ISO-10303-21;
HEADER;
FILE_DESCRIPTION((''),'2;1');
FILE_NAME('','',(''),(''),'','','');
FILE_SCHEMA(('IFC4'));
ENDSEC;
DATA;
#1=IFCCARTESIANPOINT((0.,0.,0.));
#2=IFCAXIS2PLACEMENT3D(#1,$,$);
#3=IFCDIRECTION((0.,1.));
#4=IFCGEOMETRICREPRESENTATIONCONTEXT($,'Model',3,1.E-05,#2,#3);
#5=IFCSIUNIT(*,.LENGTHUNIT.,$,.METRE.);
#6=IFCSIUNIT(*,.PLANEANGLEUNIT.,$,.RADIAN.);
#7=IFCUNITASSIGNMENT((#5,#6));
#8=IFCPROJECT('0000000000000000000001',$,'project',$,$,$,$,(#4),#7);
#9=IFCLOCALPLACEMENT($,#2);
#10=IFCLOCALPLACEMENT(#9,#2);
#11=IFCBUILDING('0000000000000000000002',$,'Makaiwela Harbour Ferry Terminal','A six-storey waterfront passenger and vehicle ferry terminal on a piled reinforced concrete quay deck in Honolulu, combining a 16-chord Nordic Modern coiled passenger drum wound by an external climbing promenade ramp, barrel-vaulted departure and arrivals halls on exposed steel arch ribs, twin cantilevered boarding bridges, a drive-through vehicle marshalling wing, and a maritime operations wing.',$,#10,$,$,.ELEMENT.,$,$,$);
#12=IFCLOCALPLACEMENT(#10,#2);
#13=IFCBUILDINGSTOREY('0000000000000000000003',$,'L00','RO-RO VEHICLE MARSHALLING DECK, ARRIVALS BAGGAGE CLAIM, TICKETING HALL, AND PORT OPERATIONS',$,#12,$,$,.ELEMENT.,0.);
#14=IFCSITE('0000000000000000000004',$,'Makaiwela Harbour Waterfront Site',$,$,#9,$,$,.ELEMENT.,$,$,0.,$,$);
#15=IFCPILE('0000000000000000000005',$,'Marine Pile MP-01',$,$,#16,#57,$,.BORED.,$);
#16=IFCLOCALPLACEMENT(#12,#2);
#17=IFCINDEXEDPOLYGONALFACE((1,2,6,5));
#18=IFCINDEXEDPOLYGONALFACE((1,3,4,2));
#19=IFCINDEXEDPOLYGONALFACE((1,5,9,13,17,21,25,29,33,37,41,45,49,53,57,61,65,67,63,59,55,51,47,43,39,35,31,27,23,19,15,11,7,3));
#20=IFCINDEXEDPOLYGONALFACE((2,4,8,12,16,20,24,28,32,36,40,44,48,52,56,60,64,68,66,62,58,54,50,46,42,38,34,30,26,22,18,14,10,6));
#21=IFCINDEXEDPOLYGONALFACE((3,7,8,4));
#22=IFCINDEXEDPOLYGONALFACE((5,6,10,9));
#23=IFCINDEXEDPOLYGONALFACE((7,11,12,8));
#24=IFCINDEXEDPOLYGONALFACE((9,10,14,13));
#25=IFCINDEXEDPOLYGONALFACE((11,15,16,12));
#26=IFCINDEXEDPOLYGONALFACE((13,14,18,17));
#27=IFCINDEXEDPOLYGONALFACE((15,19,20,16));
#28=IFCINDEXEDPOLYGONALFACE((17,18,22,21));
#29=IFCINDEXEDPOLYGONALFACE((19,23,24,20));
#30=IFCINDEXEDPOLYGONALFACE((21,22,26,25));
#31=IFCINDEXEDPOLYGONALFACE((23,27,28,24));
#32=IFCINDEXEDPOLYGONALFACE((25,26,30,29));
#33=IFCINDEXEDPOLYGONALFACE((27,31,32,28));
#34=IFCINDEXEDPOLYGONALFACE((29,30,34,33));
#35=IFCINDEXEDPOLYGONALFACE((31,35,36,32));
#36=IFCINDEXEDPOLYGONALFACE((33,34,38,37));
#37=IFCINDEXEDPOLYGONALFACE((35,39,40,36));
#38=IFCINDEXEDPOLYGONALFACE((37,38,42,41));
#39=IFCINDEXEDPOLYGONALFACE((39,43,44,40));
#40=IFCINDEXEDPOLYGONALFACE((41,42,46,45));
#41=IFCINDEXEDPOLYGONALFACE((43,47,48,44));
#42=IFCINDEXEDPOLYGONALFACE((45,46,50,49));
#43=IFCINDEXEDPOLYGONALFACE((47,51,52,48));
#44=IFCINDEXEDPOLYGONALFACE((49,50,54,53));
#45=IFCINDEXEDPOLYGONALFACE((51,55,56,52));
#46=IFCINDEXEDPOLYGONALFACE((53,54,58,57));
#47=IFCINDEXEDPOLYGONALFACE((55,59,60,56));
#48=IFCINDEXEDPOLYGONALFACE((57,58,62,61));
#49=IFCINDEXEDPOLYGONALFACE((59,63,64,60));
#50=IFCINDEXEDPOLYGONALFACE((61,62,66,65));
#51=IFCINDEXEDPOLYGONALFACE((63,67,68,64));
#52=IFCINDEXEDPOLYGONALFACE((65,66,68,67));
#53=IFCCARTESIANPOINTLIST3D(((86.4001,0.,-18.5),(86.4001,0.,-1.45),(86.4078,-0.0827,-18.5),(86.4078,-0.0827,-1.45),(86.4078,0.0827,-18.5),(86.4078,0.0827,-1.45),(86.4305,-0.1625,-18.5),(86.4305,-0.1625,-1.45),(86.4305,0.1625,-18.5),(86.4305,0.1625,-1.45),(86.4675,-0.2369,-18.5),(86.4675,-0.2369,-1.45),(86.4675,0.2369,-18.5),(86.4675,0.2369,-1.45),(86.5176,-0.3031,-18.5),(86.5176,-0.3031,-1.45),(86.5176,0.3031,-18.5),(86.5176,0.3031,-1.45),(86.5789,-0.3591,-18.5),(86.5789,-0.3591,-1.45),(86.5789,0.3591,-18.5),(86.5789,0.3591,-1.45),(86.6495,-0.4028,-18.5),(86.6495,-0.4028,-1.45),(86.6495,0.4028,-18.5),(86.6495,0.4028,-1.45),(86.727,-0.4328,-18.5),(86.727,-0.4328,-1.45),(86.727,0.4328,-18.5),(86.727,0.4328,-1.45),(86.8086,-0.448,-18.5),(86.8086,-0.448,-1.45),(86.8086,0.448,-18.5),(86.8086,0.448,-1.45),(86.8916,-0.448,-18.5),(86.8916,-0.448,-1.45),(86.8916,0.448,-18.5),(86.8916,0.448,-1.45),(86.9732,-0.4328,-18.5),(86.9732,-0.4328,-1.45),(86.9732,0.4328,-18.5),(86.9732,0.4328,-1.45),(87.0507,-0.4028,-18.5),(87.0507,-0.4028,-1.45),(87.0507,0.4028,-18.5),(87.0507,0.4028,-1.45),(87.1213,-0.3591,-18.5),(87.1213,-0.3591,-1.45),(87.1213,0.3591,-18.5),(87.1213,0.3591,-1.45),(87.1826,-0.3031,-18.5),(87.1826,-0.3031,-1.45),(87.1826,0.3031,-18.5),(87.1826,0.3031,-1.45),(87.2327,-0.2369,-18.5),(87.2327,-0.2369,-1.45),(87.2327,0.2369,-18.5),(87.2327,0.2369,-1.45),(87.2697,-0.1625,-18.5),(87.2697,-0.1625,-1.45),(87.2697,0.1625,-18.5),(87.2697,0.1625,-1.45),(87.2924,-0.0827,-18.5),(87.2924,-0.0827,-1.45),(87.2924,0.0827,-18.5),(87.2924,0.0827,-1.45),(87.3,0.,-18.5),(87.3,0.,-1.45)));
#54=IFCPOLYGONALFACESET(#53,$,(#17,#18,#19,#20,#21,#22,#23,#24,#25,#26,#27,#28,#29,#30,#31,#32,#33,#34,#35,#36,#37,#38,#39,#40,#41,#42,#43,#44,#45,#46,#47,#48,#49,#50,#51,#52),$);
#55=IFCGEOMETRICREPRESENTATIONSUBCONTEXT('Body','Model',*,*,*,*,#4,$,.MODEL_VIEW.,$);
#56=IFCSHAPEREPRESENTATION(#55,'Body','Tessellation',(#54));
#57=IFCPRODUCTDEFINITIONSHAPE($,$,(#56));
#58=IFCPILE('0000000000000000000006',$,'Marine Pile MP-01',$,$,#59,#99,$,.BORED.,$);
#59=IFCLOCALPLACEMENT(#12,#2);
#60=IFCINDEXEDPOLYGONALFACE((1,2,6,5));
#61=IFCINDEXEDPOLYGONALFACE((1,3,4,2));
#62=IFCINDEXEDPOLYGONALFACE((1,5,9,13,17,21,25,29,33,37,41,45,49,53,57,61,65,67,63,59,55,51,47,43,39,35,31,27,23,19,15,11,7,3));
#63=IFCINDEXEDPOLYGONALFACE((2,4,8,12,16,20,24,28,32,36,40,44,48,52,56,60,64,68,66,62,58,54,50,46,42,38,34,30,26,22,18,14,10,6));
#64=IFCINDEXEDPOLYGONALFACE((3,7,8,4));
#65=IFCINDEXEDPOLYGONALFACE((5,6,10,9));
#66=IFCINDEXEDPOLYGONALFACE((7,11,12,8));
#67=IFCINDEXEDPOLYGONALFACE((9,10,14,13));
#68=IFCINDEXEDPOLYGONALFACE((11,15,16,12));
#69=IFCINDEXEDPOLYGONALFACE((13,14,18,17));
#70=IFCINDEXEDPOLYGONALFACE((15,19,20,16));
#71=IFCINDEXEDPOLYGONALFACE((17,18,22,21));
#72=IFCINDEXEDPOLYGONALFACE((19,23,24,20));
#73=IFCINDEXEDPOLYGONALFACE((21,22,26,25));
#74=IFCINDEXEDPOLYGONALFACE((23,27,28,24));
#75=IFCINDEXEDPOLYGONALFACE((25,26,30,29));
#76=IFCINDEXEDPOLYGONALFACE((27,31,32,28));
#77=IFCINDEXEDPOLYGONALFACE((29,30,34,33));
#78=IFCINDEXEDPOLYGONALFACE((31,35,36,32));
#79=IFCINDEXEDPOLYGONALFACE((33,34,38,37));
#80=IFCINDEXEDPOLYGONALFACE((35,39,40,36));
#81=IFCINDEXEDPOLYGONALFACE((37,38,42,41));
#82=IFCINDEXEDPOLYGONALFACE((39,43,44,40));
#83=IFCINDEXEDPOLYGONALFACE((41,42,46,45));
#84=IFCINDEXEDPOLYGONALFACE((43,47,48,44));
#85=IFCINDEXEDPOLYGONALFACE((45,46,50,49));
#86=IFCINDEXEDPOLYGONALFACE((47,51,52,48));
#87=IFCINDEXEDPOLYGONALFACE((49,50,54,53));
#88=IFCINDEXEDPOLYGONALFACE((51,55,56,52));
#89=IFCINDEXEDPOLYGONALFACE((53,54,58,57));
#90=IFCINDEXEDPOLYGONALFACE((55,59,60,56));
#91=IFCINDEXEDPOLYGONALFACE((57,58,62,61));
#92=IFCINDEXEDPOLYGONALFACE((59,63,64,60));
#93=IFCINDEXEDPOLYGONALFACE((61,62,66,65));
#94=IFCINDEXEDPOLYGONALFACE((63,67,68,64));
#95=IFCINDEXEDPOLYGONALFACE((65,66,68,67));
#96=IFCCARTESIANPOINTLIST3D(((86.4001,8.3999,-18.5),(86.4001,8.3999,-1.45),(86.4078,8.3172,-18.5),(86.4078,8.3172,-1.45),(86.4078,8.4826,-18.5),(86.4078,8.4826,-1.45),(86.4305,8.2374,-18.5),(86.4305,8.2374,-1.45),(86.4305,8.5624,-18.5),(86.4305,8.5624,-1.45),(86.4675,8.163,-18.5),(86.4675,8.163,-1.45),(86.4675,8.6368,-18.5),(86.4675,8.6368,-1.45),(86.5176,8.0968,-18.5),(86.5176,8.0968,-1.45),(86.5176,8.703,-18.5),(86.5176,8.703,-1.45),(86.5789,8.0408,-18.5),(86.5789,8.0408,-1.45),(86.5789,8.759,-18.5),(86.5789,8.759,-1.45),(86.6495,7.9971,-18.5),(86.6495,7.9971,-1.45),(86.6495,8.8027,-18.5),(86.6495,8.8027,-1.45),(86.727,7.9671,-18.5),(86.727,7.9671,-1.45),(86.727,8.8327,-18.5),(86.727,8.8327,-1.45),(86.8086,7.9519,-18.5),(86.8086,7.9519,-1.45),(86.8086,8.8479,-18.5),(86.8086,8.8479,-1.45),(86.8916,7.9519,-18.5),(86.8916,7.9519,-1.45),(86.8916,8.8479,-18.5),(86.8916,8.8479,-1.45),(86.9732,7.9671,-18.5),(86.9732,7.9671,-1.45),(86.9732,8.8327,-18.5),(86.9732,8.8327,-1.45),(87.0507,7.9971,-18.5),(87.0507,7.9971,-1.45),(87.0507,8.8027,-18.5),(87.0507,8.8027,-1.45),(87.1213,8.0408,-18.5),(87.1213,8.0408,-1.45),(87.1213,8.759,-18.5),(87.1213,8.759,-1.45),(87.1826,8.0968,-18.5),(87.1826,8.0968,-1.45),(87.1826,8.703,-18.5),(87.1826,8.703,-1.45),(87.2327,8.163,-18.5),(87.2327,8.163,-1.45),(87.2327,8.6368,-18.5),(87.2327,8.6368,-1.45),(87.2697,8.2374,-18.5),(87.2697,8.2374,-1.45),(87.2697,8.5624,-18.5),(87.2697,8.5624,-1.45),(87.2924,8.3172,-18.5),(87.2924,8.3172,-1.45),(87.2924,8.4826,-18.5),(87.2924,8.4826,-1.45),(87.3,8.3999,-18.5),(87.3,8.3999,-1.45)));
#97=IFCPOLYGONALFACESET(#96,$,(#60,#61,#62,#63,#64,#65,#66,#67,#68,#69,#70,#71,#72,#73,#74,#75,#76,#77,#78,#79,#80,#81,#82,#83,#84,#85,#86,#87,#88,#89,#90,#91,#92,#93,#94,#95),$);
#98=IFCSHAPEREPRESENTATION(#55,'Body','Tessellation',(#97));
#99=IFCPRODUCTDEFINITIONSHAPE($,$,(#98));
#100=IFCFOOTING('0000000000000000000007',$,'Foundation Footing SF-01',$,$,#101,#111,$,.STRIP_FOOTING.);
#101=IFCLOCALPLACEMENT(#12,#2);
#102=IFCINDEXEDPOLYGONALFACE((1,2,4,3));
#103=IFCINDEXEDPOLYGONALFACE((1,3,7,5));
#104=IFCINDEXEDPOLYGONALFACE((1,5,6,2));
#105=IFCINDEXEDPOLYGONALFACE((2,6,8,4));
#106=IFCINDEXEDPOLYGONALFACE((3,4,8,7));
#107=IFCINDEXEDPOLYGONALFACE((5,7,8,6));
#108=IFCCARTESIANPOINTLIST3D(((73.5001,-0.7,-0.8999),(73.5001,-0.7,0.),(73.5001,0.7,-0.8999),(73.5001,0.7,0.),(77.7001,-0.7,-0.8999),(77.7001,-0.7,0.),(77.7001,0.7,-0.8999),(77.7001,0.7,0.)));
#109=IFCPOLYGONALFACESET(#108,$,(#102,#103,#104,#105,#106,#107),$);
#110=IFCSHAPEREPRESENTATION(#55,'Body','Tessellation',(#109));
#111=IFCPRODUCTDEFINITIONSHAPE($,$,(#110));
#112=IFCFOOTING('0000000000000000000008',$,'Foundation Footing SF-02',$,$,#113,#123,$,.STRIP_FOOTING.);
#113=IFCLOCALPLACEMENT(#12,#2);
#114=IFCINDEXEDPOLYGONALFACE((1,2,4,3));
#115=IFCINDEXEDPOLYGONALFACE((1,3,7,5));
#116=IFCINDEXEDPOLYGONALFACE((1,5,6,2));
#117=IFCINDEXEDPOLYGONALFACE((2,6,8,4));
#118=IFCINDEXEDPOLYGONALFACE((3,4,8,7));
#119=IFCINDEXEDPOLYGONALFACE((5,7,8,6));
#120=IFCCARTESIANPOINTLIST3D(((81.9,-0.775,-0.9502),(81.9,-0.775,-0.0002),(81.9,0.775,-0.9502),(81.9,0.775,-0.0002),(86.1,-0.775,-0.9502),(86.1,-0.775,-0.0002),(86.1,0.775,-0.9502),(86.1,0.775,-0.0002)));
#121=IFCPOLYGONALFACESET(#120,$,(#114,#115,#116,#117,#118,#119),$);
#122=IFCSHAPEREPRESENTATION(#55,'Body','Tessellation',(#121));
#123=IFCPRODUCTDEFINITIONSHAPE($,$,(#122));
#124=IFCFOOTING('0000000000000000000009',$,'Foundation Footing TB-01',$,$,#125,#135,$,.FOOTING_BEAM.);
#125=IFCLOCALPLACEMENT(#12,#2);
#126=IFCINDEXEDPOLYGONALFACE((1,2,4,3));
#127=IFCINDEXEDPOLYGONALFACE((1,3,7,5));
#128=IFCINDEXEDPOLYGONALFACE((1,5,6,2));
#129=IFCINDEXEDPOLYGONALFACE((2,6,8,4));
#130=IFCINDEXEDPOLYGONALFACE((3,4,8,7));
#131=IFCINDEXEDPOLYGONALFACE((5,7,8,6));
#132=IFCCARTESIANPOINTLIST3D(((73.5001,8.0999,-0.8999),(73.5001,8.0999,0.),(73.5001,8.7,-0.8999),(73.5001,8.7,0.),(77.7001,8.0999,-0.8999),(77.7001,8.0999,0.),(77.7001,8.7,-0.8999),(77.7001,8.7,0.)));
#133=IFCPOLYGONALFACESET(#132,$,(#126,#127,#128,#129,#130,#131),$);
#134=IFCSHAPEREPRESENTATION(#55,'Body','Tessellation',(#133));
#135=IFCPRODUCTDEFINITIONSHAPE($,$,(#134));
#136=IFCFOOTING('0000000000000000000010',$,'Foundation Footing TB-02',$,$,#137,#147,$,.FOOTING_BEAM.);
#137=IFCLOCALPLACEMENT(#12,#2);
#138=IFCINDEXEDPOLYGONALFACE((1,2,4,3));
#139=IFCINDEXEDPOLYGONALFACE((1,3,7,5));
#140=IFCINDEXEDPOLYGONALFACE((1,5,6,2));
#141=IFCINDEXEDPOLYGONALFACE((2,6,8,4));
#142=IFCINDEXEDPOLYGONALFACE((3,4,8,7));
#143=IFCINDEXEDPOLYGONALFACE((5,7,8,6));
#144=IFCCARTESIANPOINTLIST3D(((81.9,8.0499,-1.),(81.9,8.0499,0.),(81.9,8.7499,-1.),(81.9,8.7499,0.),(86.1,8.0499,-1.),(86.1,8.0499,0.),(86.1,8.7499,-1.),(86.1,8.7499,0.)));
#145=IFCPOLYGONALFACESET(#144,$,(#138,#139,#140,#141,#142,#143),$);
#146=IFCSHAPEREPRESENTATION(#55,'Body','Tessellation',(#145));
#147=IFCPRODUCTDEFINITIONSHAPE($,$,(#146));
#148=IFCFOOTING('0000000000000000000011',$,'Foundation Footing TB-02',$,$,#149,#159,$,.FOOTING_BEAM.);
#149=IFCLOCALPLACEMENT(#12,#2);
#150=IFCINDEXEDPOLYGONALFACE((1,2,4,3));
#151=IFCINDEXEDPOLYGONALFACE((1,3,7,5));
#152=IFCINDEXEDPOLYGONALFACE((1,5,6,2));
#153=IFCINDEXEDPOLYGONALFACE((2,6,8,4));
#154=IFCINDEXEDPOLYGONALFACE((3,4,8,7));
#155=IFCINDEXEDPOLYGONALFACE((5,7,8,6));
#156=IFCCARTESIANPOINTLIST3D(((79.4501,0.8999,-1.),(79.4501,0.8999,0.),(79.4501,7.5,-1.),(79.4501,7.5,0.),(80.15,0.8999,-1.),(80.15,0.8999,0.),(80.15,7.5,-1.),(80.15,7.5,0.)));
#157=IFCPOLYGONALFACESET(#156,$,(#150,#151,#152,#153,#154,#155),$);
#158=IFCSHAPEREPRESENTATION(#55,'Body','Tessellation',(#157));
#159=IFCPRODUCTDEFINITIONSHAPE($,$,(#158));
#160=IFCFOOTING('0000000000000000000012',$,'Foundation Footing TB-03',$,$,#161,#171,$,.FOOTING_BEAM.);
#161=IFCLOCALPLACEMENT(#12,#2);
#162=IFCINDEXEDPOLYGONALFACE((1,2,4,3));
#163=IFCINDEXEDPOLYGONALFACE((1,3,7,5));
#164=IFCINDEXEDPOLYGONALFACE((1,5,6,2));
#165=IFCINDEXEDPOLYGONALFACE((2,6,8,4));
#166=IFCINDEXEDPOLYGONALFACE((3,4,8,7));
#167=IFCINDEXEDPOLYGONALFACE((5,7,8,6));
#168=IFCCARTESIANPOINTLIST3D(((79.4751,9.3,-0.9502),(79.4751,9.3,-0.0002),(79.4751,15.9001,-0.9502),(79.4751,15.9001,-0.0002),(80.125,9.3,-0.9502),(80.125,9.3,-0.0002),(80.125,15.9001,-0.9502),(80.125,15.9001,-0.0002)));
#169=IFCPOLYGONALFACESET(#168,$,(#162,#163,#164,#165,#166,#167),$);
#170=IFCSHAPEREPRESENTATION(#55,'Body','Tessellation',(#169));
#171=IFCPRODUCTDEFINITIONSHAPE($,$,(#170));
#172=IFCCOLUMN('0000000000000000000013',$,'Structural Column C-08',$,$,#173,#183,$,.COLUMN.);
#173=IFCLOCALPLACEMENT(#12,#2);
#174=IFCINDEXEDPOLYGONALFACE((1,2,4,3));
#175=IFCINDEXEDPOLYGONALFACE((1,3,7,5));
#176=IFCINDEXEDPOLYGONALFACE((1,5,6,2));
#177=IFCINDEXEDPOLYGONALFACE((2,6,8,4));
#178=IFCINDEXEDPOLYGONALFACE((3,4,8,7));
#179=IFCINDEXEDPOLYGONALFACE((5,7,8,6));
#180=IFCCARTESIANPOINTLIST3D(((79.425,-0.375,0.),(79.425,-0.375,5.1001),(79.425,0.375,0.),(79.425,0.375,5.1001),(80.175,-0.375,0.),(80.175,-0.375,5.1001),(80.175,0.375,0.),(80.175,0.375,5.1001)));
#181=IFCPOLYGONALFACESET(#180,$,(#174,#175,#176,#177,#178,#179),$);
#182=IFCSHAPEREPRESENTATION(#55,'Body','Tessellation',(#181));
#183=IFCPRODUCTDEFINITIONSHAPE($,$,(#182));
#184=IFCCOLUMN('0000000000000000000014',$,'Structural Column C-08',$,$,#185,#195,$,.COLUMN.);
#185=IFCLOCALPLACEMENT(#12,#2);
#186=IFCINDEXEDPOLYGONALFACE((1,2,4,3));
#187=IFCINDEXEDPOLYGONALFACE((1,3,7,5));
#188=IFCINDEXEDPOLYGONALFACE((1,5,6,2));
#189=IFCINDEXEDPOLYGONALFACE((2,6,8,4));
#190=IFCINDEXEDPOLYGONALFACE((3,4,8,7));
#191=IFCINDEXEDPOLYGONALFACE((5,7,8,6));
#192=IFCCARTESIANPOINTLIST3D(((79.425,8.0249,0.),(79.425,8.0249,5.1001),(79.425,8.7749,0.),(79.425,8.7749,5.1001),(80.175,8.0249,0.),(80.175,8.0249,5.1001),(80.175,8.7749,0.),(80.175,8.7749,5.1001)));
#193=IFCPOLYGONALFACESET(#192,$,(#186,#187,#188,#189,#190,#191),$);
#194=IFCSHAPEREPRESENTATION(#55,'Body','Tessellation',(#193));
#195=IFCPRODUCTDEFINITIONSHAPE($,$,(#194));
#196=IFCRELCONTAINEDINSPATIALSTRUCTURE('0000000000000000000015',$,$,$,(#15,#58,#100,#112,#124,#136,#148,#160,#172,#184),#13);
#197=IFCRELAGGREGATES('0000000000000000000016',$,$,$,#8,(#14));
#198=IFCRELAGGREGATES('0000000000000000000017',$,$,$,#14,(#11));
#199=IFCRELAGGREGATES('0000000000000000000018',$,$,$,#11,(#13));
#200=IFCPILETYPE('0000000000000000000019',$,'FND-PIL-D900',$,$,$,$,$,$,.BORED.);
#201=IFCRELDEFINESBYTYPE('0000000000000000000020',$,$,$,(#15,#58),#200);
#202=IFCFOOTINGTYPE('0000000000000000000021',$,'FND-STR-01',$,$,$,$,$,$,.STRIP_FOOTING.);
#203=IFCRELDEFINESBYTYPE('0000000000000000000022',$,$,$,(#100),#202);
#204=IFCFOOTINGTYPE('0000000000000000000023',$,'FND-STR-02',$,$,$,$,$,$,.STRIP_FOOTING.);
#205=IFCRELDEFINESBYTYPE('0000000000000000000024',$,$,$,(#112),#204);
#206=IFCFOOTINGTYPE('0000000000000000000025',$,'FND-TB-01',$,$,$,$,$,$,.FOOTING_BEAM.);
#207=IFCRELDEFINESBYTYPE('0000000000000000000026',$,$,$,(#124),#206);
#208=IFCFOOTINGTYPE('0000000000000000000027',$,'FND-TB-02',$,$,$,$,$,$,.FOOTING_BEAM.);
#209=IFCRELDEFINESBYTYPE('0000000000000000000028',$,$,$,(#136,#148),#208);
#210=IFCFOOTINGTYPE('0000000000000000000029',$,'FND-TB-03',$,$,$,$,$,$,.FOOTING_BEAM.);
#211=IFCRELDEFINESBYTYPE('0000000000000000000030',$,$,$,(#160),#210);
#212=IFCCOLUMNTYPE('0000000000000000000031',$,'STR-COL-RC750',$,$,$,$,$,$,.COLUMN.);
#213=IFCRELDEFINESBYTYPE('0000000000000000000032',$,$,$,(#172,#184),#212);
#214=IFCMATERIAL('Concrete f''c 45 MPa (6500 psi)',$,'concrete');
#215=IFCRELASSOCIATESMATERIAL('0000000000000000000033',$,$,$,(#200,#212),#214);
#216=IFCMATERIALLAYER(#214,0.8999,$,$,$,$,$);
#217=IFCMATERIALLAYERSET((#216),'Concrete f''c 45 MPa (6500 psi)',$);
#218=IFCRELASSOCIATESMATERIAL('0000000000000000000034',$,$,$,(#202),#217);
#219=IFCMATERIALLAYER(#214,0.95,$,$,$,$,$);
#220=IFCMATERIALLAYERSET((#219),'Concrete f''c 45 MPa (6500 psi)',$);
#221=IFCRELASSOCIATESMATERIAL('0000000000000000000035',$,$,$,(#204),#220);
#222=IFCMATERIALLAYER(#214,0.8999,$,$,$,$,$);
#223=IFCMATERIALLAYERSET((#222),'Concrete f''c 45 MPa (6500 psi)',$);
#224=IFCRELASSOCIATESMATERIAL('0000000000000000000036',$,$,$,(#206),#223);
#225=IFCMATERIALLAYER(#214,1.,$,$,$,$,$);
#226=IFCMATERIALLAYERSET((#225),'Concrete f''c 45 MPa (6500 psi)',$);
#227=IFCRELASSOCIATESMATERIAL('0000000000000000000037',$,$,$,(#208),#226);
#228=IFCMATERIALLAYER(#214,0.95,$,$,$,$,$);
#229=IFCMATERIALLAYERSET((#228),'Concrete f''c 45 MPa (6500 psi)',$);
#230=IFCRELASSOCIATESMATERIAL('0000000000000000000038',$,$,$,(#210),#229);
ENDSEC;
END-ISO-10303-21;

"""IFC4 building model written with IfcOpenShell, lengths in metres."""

from ifc_helpers import new_model, si_unit, direction, frame, origin, origin_2d, place, context, subcontext, project, spatial, rectangle, circle, extrude, material, layer, layer_set, material_profile, profile_set, type_object, element, save


model = new_model("IFC4")

# Units and contexts
model_context = context("Model", 3, precision=1e-05, world=origin(), true_north=direction((0.0, 1.0)))
body_context = subcontext(model_context, "Body", "Model", "MODEL_VIEW")
ifc_project = project(units=[si_unit("LENGTHUNIT", "METRE"), si_unit("PLANEANGLEUNIT", "RADIAN")], contexts=[model_context])

# Site, building, storey
site_placement = place(None, origin())
site = spatial("IfcSite", under=ifc_project, at=site_placement, Name="Makaiwela Harbour Waterfront Site", CompositionType="ELEMENT", RefElevation=0.0)
building_placement = place(site_placement, origin())
building = spatial("IfcBuilding", under=site, at=building_placement, Name="Makaiwela Harbour Ferry Terminal", Description="A six-storey waterfront passenger and vehicle ferry terminal on a piled reinforced concrete quay deck in Honolulu, combining a 16-chord Nordic Modern coiled passenger drum wound by an external climbing promenade ramp, barrel-vaulted departure and arrivals halls on exposed steel arch ribs, twin cantilevered boarding bridges, a drive-through vehicle marshalling wing, and a maritime operations wing.", CompositionType="ELEMENT")
storey_placement = place(building_placement, origin())
storey = spatial("IfcBuildingStorey", under=building, at=storey_placement, Name="L00", Description="RO-RO VEHICLE MARSHALLING DECK, ARRIVALS BAGGAGE CLAIM, TICKETING HALL, AND PORT OPERATIONS", CompositionType="ELEMENT", Elevation=0.0)

# Shared definitions
ifc_material_1 = material(Name="Concrete f'c 45 MPa (6500 psi)", Category="concrete")

# Piles
ifc_material_profile_1 = material_profile(ifc_material_1, circle(Radius=0.45, at=origin_2d()), Name="PILE-D900")
ifc_profile_set_1 = profile_set([ifc_material_profile_1], Name="Concrete f'c 45 MPa (6500 psi)")
pile_type = type_object("IfcPileType", Name="FND-PIL-D900", PredefinedType="BORED", material=ifc_profile_set_1)
for number, where, z_axis, x_axis, name in (
    (1, (86.8501, 0.0, -1.45), (0.0, 0.0, -1.0), (1.0, 0.0, 0.0), "Marine Pile MP-01"),
    (2, (86.8501, 8.3999, -1.45), (0.0, 0.0, -1.0), (1.0, 0.0, 0.0), "Marine Pile MP-01"),
):
    element("IfcPile", number, at=place(storey_placement, frame(where, z_axis=z_axis, x_axis=x_axis)), inside=storey, type_object=pile_type, Name=name, PredefinedType="BORED", context=body_context, shape_type="SweptSolid", body=[
        extrude(circle(Radius=0.45, at=origin_2d()), origin(), (0.0, 0.0, 1.0), 17.05),
    ])

# Footings
ifc_layer_1 = layer(ifc_material_1, 0.8999)
ifc_layer_set_1 = layer_set([ifc_layer_1], Name="Concrete f'c 45 MPa (6500 psi)")
footing_type_1 = type_object("IfcFootingType", Name="FND-STR-01", PredefinedType="STRIP_FOOTING", material=ifc_layer_set_1)
footing_1_placement = place(storey_placement, frame((75.6001, 0.0, -0.8999), z_axis=(0.0, 0.0, 1.0), x_axis=(1.0, 0.0, 0.0)))
element("IfcFooting", 3, at=footing_1_placement, inside=storey, type_object=footing_type_1, Name="Foundation Footing SF-01", PredefinedType="STRIP_FOOTING", context=body_context, shape_type="SweptSolid", body=[
    extrude(rectangle(XDim=4.2, YDim=1.3999, at=origin_2d()), origin(), (0.0, 0.0, 1.0), 0.8999),
])
ifc_layer_2 = layer(ifc_material_1, 0.95)
ifc_layer_set_2 = layer_set([ifc_layer_2], Name="Concrete f'c 45 MPa (6500 psi)")
footing_type_2 = type_object("IfcFootingType", Name="FND-STR-02", PredefinedType="STRIP_FOOTING", material=ifc_layer_set_2)
footing_2_placement = place(storey_placement, frame((84.0, 0.0, -0.9502), z_axis=(0.0, 0.0, 1.0), x_axis=(1.0, 0.0, 0.0)))
element("IfcFooting", 4, at=footing_2_placement, inside=storey, type_object=footing_type_2, Name="Foundation Footing SF-02", PredefinedType="STRIP_FOOTING", context=body_context, shape_type="SweptSolid", body=[
    extrude(rectangle(XDim=4.2, YDim=1.55, at=origin_2d()), origin(), (0.0, 0.0, 1.0), 0.95),
])
ifc_layer_3 = layer(ifc_material_1, 0.8999)
ifc_layer_set_3 = layer_set([ifc_layer_3], Name="Concrete f'c 45 MPa (6500 psi)")
footing_type_3 = type_object("IfcFootingType", Name="FND-TB-01", PredefinedType="FOOTING_BEAM", material=ifc_layer_set_3)
footing_3_placement = place(storey_placement, frame((75.6001, 8.3999, -0.8999), z_axis=(0.0, 0.0, 1.0), x_axis=(1.0, 0.0, 0.0)))
element("IfcFooting", 5, at=footing_3_placement, inside=storey, type_object=footing_type_3, Name="Foundation Footing TB-01", PredefinedType="FOOTING_BEAM", context=body_context, shape_type="SweptSolid", body=[
    extrude(rectangle(XDim=4.2, YDim=0.6001, at=origin_2d()), origin(), (0.0, 0.0, 1.0), 0.8999),
])
ifc_layer_4 = layer(ifc_material_1, 1.0)
ifc_layer_set_4 = layer_set([ifc_layer_4], Name="Concrete f'c 45 MPa (6500 psi)")
footing_type_4 = type_object("IfcFootingType", Name="FND-TB-02", PredefinedType="FOOTING_BEAM", material=ifc_layer_set_4)
footing_4_placement = place(storey_placement, frame((84.0, 8.3999, -1.0), z_axis=(0.0, 0.0, 1.0), x_axis=(1.0, 0.0, 0.0)))
element("IfcFooting", 6, at=footing_4_placement, inside=storey, type_object=footing_type_4, Name="Foundation Footing TB-02", PredefinedType="FOOTING_BEAM", context=body_context, shape_type="SweptSolid", body=[
    extrude(rectangle(XDim=4.2, YDim=0.7, at=origin_2d()), origin(), (0.0, 0.0, 1.0), 1.0),
])
footing_5_placement = place(storey_placement, frame((79.8, 4.2, -1.0), z_axis=(0.0, 0.0, 1.0), x_axis=(0.0, 1.0, 0.0)))
element("IfcFooting", 7, at=footing_5_placement, inside=storey, type_object=footing_type_4, Name="Foundation Footing TB-02", PredefinedType="FOOTING_BEAM", context=body_context, shape_type="SweptSolid", body=[
    extrude(rectangle(XDim=6.6001, YDim=0.7, at=origin_2d()), origin(), (0.0, 0.0, 1.0), 1.0),
])
ifc_layer_5 = layer(ifc_material_1, 0.95)
ifc_layer_set_5 = layer_set([ifc_layer_5], Name="Concrete f'c 45 MPa (6500 psi)")
footing_type_5 = type_object("IfcFootingType", Name="FND-TB-03", PredefinedType="FOOTING_BEAM", material=ifc_layer_set_5)
footing_6_placement = place(storey_placement, frame((79.8, 12.6001, -0.9502), z_axis=(0.0, 0.0, 1.0), x_axis=(0.0, 1.0, 0.0)))
element("IfcFooting", 8, at=footing_6_placement, inside=storey, type_object=footing_type_5, Name="Foundation Footing TB-03", PredefinedType="FOOTING_BEAM", context=body_context, shape_type="SweptSolid", body=[
    extrude(rectangle(XDim=6.6001, YDim=0.6499, at=origin_2d()), origin(), (0.0, 0.0, 1.0), 0.95),
])

# Columns
ifc_material_profile_2 = material_profile(ifc_material_1, rectangle(XDim=0.75, YDim=0.75, at=origin_2d()), Name="RC-750X750")
ifc_profile_set_2 = profile_set([ifc_material_profile_2], Name="Concrete f'c 45 MPa (6500 psi)")
column_type = type_object("IfcColumnType", Name="STR-COL-RC750", PredefinedType="COLUMN", material=ifc_profile_set_2)
for number, where, z_axis, x_axis, name in (
    (9, (79.8, 0.0, 0.0), (0.0, 0.0, 1.0), (1.0, 0.0, 0.0), "Structural Column C-08"),
    (10, (79.8, 8.3999, 0.0), (0.0, 0.0, 1.0), (1.0, 0.0, 0.0), "Structural Column C-08"),
):
    element("IfcColumn", number, at=place(storey_placement, frame(where, z_axis=z_axis, x_axis=x_axis)), inside=storey, type_object=column_type, Name=name, PredefinedType="COLUMN", context=body_context, shape_type="SweptSolid", body=[
        extrude(rectangle(XDim=0.75, YDim=0.75, at=origin_2d()), origin(), (0.0, 0.0, 1.0), 5.1001),
    ])

save(model, "model.ifc")
